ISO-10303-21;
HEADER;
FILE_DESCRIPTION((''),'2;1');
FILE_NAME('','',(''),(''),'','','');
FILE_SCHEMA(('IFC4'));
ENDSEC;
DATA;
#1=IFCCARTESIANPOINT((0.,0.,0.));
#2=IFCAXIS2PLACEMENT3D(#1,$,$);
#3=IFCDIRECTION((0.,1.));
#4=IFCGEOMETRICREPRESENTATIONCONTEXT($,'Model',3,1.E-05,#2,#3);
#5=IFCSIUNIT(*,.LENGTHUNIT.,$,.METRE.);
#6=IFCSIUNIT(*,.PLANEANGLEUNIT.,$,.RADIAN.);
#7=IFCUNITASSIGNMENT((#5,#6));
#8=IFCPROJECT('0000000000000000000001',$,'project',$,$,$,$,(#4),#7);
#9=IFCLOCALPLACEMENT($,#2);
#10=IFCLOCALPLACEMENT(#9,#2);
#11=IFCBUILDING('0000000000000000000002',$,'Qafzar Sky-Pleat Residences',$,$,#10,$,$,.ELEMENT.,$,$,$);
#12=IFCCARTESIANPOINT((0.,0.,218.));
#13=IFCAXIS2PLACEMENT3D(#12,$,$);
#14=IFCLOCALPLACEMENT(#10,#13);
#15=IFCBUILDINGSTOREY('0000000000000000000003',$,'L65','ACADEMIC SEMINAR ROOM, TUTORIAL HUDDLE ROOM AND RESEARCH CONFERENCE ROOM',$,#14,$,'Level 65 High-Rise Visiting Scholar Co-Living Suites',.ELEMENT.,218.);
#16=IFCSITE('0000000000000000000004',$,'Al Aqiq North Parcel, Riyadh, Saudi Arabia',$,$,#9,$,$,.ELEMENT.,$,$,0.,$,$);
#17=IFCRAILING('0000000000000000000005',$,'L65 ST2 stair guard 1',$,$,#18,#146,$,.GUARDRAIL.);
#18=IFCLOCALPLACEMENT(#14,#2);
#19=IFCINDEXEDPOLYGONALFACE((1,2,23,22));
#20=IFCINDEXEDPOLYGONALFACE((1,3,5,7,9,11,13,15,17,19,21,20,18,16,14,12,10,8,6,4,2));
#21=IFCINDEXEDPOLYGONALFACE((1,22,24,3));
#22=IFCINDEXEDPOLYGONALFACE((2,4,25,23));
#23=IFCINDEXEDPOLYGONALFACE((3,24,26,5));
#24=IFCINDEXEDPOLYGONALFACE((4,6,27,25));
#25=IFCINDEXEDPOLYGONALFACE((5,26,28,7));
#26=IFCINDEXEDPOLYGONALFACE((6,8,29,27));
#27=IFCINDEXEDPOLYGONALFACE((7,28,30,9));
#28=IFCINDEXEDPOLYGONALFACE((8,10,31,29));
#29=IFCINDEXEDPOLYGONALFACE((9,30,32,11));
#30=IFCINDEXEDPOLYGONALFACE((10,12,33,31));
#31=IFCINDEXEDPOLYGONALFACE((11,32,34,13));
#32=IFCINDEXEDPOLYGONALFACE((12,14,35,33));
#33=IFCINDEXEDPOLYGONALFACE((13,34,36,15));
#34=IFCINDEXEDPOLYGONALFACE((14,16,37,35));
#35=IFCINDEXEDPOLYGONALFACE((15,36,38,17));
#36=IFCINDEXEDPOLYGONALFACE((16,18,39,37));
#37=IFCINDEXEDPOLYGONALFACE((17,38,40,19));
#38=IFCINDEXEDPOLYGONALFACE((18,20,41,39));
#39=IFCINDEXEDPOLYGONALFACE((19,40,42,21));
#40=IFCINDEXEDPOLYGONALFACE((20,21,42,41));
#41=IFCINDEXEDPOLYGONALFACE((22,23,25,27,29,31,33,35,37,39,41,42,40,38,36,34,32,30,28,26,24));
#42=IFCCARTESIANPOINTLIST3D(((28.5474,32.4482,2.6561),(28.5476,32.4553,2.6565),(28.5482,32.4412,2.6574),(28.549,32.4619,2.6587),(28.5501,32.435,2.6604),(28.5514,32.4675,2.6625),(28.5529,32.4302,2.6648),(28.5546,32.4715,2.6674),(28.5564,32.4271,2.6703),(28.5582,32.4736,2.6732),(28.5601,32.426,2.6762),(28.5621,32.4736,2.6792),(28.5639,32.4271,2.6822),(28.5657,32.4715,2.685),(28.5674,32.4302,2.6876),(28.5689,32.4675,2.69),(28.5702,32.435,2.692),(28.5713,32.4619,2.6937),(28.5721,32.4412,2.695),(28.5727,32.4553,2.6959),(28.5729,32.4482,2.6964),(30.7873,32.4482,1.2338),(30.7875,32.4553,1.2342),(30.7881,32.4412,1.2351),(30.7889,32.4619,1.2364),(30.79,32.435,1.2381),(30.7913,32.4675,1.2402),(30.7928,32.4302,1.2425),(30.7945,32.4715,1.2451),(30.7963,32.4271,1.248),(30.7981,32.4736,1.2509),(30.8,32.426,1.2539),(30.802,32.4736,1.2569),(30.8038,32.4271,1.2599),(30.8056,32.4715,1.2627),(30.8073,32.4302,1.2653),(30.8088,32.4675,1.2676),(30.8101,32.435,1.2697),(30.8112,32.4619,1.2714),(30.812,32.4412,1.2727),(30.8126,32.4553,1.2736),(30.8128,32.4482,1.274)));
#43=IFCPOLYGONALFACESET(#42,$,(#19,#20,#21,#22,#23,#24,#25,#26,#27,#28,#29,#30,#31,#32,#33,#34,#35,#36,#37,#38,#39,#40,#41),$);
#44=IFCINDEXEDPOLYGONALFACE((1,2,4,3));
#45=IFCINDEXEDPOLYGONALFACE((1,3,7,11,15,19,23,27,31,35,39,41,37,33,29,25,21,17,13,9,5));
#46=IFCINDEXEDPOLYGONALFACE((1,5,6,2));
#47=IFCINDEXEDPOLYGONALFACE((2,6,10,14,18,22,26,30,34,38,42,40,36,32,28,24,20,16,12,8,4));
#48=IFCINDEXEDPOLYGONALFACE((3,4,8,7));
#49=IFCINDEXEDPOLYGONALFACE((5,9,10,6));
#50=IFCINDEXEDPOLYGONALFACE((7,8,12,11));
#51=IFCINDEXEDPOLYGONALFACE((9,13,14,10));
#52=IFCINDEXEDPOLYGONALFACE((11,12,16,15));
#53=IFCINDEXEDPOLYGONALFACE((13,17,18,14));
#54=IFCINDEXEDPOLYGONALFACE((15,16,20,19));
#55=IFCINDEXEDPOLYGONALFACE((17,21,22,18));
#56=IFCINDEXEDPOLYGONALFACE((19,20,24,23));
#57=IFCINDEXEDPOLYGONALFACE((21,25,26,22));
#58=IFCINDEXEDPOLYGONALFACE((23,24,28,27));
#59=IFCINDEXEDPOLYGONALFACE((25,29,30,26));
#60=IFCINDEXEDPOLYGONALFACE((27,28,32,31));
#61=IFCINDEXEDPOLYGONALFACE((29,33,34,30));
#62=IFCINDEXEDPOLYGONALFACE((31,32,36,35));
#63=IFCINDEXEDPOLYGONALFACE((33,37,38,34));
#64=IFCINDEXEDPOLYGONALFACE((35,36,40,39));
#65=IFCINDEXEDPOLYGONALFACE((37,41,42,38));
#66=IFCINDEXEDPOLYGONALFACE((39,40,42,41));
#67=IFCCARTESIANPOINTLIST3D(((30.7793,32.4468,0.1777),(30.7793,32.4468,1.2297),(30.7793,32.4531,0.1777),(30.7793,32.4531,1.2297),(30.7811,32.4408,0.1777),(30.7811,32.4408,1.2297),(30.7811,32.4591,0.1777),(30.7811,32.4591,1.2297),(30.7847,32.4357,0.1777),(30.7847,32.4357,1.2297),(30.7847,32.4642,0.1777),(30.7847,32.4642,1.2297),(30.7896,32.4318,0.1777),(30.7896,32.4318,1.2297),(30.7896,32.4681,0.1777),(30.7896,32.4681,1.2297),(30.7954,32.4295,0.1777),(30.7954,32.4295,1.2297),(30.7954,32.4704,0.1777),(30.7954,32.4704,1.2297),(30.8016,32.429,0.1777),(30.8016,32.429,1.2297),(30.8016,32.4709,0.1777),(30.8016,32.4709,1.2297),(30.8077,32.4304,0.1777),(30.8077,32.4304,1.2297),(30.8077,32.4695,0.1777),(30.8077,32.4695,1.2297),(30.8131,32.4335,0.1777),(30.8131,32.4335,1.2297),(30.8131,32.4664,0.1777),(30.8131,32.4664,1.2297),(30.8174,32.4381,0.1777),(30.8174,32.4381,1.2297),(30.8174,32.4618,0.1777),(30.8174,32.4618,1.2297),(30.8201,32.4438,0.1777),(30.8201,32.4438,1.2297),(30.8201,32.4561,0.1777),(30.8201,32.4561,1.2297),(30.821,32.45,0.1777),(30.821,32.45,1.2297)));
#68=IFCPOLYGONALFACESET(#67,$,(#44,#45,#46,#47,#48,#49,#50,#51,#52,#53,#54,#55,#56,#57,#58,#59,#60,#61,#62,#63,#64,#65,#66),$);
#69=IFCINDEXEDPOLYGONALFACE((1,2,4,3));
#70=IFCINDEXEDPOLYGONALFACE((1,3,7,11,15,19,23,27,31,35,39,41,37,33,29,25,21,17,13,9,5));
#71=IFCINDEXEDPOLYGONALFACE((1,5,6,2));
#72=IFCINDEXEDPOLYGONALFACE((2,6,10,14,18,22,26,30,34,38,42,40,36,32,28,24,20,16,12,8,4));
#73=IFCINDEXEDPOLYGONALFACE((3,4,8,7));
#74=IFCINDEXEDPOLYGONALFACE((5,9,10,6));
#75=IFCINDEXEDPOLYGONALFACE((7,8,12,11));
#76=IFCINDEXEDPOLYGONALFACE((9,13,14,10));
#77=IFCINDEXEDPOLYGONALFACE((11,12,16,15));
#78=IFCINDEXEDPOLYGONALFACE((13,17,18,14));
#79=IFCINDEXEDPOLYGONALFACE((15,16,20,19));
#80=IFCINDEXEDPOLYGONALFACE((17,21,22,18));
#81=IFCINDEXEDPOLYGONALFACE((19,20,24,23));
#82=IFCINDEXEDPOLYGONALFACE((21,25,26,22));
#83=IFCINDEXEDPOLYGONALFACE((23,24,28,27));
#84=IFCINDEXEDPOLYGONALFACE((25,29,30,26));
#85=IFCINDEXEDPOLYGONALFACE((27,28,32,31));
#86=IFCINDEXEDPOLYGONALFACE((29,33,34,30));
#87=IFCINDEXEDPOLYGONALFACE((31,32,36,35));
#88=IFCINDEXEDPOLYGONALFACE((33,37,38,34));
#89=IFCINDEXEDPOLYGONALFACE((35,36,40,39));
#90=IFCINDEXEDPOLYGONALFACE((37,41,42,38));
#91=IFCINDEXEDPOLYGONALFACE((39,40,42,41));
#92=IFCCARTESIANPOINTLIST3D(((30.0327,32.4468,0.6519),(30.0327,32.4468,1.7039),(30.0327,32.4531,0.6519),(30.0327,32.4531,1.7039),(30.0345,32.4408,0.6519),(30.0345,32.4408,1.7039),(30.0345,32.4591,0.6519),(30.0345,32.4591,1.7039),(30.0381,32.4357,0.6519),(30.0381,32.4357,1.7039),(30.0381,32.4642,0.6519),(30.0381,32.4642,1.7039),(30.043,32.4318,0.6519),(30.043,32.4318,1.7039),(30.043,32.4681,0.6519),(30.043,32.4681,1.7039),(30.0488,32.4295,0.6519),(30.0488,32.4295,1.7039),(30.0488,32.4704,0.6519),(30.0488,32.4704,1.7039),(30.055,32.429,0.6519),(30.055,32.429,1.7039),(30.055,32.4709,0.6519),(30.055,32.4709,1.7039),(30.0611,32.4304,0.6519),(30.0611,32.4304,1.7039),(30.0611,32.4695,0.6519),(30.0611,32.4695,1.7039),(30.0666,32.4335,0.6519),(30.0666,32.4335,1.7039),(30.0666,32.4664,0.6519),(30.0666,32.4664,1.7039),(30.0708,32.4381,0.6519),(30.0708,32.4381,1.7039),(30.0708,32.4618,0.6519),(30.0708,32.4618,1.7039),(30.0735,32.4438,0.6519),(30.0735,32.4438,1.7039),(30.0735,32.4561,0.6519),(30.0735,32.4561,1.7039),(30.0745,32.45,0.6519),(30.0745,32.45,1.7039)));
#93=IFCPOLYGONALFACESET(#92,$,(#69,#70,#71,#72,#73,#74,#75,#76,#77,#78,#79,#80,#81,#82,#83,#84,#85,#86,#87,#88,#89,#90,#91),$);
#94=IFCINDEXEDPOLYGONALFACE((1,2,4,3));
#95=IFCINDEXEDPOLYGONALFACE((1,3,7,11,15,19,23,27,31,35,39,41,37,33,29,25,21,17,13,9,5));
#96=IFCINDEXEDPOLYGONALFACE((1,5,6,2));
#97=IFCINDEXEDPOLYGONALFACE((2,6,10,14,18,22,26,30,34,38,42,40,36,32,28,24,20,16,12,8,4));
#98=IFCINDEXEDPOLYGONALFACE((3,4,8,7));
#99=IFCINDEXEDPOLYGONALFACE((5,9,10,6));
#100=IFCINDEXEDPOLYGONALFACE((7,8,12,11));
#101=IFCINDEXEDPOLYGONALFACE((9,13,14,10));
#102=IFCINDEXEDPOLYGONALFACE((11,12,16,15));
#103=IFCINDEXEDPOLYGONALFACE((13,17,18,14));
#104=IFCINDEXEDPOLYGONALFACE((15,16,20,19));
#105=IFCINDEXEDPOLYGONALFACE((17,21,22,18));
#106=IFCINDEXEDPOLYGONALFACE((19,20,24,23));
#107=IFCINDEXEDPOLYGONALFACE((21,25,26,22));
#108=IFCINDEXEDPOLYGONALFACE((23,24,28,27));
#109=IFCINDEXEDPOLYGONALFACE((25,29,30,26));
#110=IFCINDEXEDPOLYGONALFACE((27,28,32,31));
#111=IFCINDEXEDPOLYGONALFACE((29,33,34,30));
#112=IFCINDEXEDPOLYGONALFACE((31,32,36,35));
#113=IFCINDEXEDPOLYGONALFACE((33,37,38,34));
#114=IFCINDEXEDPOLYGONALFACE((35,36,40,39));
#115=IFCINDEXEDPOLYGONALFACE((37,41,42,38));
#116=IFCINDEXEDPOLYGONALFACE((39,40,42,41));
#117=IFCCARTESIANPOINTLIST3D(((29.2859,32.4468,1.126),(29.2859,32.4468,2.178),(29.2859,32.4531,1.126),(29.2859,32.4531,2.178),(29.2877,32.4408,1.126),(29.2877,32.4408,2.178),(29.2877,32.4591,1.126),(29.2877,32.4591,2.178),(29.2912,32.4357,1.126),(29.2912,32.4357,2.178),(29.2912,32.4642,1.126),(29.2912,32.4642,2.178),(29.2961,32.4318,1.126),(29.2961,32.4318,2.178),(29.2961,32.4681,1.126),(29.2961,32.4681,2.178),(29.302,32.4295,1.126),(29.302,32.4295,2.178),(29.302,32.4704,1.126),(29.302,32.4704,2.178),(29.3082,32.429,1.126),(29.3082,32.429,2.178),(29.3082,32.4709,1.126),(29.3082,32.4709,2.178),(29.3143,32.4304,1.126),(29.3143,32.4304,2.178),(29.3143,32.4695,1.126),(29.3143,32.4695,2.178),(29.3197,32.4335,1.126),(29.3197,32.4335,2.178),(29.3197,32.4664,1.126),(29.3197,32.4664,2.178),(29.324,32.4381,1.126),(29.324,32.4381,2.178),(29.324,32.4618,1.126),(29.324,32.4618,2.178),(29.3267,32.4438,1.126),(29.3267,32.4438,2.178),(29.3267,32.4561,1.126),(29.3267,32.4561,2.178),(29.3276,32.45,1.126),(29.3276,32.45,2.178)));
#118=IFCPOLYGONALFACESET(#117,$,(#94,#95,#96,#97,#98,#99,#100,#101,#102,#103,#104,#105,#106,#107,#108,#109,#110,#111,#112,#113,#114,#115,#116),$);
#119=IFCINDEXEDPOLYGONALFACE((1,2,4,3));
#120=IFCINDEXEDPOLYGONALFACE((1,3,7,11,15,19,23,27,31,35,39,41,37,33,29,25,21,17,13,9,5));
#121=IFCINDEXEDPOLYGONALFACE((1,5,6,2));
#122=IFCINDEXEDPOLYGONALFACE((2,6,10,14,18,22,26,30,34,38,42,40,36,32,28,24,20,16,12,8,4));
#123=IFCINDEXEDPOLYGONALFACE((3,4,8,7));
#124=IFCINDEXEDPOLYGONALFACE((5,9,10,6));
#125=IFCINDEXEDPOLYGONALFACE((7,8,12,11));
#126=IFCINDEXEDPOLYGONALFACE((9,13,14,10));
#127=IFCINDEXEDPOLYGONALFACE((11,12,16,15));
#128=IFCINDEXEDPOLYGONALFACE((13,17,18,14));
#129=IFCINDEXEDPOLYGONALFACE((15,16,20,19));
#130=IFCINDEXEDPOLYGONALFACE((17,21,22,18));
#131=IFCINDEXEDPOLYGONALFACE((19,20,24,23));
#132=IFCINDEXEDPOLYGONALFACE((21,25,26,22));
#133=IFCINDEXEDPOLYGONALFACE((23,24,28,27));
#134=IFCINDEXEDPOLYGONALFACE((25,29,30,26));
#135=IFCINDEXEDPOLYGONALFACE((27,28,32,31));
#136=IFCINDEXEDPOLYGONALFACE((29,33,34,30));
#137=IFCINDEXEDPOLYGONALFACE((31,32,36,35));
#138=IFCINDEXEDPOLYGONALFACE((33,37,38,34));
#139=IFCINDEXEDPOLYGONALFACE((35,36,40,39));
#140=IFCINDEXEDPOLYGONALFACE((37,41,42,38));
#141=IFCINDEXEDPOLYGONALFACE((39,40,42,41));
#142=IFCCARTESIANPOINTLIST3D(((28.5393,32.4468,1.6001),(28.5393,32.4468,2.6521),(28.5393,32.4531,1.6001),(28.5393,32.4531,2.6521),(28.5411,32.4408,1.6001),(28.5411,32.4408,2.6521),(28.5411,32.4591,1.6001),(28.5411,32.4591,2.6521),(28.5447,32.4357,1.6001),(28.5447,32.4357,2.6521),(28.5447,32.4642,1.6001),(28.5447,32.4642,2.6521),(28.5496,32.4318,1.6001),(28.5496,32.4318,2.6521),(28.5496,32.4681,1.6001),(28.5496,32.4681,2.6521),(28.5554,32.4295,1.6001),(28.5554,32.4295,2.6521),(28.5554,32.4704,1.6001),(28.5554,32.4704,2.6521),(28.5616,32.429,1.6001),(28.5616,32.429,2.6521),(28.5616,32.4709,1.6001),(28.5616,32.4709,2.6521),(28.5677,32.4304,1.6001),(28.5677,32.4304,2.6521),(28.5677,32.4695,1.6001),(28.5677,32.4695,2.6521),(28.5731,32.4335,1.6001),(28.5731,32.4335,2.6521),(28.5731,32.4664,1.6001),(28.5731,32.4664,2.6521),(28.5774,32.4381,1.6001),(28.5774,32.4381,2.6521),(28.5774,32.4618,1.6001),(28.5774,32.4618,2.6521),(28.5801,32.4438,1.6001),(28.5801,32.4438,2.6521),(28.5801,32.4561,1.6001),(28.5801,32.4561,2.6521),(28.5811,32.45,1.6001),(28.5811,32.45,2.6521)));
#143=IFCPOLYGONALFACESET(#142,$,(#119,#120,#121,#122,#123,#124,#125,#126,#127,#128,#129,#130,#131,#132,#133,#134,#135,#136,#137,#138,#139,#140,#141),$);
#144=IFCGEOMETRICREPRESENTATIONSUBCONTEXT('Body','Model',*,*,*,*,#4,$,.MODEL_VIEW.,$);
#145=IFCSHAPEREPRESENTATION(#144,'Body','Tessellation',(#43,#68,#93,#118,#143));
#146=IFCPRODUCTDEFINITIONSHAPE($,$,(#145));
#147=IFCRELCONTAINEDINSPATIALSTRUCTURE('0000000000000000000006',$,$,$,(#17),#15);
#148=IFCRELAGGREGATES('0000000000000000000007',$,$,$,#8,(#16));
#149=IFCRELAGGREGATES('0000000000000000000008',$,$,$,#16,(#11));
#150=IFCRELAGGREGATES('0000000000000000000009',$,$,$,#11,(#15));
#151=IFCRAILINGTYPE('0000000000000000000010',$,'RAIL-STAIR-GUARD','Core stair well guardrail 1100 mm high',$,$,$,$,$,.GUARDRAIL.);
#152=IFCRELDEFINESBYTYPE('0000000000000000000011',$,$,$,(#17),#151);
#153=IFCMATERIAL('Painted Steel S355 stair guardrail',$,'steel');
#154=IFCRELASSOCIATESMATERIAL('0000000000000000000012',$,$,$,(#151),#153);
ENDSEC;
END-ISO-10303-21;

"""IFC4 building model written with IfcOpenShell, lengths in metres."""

from ifc_helpers import new_model, si_unit, direction, frame, origin, origin_2d, place, context, subcontext, project, spatial, circle, extrude, source, transform, mapped, material, type_object, element, save


model = new_model("IFC4")

# Units and contexts
model_context = context("Model", 3, precision=1e-05, world=origin(), true_north=direction((0.0, 1.0)))
body_context = subcontext(model_context, "Body", "Model", "MODEL_VIEW")
ifc_project = project(units=[si_unit("LENGTHUNIT", "METRE"), si_unit("PLANEANGLEUNIT", "RADIAN")], contexts=[model_context])

# Site, building, storey
site_placement = place(None, origin())
site = spatial("IfcSite", under=ifc_project, at=site_placement, Name="Al Aqiq North Parcel, Riyadh, Saudi Arabia", CompositionType="ELEMENT", RefElevation=0.0)
building_placement = place(site_placement, origin())
building = spatial("IfcBuilding", under=site, at=building_placement, Name="Qafzar Sky-Pleat Residences", CompositionType="ELEMENT")
storey_placement = place(building_placement, frame((0.0, 0.0, 218.0)))
storey = spatial("IfcBuildingStorey", under=building, at=storey_placement, Name="L65", Description="ACADEMIC SEMINAR ROOM, TUTORIAL HUDDLE ROOM AND RESEARCH CONFERENCE ROOM", LongName="Level 65 High-Rise Visiting Scholar Co-Living Suites", CompositionType="ELEMENT", Elevation=218.0)

# Railing
ifc_material_1 = material(Name="Painted Steel S355 stair guardrail", Category="steel")
railing_type_1 = type_object("IfcRailingType", Name="RAIL-STAIR-GUARD", Description="Core stair well guardrail 1100 mm high", PredefinedType="GUARDRAIL", material=ifc_material_1)
shared_shape_1 = source(origin(), body_context, "Body", "SweptSolid", [
    extrude(circle(Radius=0.0239, at=origin_2d()), frame((0.0, 0.0, 1.0762), z_axis=(-0.844188, 0.0, 0.536048), x_axis=(0.0, -1.0, 0.0)), (0.0, 0.0, 1.0), 2.6533),
    extrude(circle(Radius=0.021, at=origin_2d()), origin(), (0.0, 0.0, 1.0), 1.052),
    extrude(circle(Radius=0.021, at=origin_2d()), frame((-0.7466, 0.0, 0.4741)), (0.0, 0.0, 1.0), 1.052),
    extrude(circle(Radius=0.021, at=origin_2d()), frame((-1.4934, 0.0, 0.9482)), (0.0, 0.0, 1.0), 1.052),
    extrude(circle(Radius=0.021, at=origin_2d()), frame((-2.24, 0.0, 1.4224)), (0.0, 0.0, 1.0), 1.052),
])
railing_1_placement = place(storey_placement, frame((30.8, 32.45, 0.1777)))
element("IfcRailing", 1, at=railing_1_placement, inside=storey, type_object=railing_type_1, Name="L65 ST2 stair guard 1", PredefinedType="GUARDRAIL", context=body_context, shape_type="MappedRepresentation", body=[
    mapped(shared_shape_1, transform((0.0, 0.0, 0.0), x_axis=(1.0, 0.0, 0.0), y_axis=(0.0, 1.0, 0.0), z_axis=(0.0, 0.0, 1.0), scale=1.0)),
])

save(model, "model.ifc")
